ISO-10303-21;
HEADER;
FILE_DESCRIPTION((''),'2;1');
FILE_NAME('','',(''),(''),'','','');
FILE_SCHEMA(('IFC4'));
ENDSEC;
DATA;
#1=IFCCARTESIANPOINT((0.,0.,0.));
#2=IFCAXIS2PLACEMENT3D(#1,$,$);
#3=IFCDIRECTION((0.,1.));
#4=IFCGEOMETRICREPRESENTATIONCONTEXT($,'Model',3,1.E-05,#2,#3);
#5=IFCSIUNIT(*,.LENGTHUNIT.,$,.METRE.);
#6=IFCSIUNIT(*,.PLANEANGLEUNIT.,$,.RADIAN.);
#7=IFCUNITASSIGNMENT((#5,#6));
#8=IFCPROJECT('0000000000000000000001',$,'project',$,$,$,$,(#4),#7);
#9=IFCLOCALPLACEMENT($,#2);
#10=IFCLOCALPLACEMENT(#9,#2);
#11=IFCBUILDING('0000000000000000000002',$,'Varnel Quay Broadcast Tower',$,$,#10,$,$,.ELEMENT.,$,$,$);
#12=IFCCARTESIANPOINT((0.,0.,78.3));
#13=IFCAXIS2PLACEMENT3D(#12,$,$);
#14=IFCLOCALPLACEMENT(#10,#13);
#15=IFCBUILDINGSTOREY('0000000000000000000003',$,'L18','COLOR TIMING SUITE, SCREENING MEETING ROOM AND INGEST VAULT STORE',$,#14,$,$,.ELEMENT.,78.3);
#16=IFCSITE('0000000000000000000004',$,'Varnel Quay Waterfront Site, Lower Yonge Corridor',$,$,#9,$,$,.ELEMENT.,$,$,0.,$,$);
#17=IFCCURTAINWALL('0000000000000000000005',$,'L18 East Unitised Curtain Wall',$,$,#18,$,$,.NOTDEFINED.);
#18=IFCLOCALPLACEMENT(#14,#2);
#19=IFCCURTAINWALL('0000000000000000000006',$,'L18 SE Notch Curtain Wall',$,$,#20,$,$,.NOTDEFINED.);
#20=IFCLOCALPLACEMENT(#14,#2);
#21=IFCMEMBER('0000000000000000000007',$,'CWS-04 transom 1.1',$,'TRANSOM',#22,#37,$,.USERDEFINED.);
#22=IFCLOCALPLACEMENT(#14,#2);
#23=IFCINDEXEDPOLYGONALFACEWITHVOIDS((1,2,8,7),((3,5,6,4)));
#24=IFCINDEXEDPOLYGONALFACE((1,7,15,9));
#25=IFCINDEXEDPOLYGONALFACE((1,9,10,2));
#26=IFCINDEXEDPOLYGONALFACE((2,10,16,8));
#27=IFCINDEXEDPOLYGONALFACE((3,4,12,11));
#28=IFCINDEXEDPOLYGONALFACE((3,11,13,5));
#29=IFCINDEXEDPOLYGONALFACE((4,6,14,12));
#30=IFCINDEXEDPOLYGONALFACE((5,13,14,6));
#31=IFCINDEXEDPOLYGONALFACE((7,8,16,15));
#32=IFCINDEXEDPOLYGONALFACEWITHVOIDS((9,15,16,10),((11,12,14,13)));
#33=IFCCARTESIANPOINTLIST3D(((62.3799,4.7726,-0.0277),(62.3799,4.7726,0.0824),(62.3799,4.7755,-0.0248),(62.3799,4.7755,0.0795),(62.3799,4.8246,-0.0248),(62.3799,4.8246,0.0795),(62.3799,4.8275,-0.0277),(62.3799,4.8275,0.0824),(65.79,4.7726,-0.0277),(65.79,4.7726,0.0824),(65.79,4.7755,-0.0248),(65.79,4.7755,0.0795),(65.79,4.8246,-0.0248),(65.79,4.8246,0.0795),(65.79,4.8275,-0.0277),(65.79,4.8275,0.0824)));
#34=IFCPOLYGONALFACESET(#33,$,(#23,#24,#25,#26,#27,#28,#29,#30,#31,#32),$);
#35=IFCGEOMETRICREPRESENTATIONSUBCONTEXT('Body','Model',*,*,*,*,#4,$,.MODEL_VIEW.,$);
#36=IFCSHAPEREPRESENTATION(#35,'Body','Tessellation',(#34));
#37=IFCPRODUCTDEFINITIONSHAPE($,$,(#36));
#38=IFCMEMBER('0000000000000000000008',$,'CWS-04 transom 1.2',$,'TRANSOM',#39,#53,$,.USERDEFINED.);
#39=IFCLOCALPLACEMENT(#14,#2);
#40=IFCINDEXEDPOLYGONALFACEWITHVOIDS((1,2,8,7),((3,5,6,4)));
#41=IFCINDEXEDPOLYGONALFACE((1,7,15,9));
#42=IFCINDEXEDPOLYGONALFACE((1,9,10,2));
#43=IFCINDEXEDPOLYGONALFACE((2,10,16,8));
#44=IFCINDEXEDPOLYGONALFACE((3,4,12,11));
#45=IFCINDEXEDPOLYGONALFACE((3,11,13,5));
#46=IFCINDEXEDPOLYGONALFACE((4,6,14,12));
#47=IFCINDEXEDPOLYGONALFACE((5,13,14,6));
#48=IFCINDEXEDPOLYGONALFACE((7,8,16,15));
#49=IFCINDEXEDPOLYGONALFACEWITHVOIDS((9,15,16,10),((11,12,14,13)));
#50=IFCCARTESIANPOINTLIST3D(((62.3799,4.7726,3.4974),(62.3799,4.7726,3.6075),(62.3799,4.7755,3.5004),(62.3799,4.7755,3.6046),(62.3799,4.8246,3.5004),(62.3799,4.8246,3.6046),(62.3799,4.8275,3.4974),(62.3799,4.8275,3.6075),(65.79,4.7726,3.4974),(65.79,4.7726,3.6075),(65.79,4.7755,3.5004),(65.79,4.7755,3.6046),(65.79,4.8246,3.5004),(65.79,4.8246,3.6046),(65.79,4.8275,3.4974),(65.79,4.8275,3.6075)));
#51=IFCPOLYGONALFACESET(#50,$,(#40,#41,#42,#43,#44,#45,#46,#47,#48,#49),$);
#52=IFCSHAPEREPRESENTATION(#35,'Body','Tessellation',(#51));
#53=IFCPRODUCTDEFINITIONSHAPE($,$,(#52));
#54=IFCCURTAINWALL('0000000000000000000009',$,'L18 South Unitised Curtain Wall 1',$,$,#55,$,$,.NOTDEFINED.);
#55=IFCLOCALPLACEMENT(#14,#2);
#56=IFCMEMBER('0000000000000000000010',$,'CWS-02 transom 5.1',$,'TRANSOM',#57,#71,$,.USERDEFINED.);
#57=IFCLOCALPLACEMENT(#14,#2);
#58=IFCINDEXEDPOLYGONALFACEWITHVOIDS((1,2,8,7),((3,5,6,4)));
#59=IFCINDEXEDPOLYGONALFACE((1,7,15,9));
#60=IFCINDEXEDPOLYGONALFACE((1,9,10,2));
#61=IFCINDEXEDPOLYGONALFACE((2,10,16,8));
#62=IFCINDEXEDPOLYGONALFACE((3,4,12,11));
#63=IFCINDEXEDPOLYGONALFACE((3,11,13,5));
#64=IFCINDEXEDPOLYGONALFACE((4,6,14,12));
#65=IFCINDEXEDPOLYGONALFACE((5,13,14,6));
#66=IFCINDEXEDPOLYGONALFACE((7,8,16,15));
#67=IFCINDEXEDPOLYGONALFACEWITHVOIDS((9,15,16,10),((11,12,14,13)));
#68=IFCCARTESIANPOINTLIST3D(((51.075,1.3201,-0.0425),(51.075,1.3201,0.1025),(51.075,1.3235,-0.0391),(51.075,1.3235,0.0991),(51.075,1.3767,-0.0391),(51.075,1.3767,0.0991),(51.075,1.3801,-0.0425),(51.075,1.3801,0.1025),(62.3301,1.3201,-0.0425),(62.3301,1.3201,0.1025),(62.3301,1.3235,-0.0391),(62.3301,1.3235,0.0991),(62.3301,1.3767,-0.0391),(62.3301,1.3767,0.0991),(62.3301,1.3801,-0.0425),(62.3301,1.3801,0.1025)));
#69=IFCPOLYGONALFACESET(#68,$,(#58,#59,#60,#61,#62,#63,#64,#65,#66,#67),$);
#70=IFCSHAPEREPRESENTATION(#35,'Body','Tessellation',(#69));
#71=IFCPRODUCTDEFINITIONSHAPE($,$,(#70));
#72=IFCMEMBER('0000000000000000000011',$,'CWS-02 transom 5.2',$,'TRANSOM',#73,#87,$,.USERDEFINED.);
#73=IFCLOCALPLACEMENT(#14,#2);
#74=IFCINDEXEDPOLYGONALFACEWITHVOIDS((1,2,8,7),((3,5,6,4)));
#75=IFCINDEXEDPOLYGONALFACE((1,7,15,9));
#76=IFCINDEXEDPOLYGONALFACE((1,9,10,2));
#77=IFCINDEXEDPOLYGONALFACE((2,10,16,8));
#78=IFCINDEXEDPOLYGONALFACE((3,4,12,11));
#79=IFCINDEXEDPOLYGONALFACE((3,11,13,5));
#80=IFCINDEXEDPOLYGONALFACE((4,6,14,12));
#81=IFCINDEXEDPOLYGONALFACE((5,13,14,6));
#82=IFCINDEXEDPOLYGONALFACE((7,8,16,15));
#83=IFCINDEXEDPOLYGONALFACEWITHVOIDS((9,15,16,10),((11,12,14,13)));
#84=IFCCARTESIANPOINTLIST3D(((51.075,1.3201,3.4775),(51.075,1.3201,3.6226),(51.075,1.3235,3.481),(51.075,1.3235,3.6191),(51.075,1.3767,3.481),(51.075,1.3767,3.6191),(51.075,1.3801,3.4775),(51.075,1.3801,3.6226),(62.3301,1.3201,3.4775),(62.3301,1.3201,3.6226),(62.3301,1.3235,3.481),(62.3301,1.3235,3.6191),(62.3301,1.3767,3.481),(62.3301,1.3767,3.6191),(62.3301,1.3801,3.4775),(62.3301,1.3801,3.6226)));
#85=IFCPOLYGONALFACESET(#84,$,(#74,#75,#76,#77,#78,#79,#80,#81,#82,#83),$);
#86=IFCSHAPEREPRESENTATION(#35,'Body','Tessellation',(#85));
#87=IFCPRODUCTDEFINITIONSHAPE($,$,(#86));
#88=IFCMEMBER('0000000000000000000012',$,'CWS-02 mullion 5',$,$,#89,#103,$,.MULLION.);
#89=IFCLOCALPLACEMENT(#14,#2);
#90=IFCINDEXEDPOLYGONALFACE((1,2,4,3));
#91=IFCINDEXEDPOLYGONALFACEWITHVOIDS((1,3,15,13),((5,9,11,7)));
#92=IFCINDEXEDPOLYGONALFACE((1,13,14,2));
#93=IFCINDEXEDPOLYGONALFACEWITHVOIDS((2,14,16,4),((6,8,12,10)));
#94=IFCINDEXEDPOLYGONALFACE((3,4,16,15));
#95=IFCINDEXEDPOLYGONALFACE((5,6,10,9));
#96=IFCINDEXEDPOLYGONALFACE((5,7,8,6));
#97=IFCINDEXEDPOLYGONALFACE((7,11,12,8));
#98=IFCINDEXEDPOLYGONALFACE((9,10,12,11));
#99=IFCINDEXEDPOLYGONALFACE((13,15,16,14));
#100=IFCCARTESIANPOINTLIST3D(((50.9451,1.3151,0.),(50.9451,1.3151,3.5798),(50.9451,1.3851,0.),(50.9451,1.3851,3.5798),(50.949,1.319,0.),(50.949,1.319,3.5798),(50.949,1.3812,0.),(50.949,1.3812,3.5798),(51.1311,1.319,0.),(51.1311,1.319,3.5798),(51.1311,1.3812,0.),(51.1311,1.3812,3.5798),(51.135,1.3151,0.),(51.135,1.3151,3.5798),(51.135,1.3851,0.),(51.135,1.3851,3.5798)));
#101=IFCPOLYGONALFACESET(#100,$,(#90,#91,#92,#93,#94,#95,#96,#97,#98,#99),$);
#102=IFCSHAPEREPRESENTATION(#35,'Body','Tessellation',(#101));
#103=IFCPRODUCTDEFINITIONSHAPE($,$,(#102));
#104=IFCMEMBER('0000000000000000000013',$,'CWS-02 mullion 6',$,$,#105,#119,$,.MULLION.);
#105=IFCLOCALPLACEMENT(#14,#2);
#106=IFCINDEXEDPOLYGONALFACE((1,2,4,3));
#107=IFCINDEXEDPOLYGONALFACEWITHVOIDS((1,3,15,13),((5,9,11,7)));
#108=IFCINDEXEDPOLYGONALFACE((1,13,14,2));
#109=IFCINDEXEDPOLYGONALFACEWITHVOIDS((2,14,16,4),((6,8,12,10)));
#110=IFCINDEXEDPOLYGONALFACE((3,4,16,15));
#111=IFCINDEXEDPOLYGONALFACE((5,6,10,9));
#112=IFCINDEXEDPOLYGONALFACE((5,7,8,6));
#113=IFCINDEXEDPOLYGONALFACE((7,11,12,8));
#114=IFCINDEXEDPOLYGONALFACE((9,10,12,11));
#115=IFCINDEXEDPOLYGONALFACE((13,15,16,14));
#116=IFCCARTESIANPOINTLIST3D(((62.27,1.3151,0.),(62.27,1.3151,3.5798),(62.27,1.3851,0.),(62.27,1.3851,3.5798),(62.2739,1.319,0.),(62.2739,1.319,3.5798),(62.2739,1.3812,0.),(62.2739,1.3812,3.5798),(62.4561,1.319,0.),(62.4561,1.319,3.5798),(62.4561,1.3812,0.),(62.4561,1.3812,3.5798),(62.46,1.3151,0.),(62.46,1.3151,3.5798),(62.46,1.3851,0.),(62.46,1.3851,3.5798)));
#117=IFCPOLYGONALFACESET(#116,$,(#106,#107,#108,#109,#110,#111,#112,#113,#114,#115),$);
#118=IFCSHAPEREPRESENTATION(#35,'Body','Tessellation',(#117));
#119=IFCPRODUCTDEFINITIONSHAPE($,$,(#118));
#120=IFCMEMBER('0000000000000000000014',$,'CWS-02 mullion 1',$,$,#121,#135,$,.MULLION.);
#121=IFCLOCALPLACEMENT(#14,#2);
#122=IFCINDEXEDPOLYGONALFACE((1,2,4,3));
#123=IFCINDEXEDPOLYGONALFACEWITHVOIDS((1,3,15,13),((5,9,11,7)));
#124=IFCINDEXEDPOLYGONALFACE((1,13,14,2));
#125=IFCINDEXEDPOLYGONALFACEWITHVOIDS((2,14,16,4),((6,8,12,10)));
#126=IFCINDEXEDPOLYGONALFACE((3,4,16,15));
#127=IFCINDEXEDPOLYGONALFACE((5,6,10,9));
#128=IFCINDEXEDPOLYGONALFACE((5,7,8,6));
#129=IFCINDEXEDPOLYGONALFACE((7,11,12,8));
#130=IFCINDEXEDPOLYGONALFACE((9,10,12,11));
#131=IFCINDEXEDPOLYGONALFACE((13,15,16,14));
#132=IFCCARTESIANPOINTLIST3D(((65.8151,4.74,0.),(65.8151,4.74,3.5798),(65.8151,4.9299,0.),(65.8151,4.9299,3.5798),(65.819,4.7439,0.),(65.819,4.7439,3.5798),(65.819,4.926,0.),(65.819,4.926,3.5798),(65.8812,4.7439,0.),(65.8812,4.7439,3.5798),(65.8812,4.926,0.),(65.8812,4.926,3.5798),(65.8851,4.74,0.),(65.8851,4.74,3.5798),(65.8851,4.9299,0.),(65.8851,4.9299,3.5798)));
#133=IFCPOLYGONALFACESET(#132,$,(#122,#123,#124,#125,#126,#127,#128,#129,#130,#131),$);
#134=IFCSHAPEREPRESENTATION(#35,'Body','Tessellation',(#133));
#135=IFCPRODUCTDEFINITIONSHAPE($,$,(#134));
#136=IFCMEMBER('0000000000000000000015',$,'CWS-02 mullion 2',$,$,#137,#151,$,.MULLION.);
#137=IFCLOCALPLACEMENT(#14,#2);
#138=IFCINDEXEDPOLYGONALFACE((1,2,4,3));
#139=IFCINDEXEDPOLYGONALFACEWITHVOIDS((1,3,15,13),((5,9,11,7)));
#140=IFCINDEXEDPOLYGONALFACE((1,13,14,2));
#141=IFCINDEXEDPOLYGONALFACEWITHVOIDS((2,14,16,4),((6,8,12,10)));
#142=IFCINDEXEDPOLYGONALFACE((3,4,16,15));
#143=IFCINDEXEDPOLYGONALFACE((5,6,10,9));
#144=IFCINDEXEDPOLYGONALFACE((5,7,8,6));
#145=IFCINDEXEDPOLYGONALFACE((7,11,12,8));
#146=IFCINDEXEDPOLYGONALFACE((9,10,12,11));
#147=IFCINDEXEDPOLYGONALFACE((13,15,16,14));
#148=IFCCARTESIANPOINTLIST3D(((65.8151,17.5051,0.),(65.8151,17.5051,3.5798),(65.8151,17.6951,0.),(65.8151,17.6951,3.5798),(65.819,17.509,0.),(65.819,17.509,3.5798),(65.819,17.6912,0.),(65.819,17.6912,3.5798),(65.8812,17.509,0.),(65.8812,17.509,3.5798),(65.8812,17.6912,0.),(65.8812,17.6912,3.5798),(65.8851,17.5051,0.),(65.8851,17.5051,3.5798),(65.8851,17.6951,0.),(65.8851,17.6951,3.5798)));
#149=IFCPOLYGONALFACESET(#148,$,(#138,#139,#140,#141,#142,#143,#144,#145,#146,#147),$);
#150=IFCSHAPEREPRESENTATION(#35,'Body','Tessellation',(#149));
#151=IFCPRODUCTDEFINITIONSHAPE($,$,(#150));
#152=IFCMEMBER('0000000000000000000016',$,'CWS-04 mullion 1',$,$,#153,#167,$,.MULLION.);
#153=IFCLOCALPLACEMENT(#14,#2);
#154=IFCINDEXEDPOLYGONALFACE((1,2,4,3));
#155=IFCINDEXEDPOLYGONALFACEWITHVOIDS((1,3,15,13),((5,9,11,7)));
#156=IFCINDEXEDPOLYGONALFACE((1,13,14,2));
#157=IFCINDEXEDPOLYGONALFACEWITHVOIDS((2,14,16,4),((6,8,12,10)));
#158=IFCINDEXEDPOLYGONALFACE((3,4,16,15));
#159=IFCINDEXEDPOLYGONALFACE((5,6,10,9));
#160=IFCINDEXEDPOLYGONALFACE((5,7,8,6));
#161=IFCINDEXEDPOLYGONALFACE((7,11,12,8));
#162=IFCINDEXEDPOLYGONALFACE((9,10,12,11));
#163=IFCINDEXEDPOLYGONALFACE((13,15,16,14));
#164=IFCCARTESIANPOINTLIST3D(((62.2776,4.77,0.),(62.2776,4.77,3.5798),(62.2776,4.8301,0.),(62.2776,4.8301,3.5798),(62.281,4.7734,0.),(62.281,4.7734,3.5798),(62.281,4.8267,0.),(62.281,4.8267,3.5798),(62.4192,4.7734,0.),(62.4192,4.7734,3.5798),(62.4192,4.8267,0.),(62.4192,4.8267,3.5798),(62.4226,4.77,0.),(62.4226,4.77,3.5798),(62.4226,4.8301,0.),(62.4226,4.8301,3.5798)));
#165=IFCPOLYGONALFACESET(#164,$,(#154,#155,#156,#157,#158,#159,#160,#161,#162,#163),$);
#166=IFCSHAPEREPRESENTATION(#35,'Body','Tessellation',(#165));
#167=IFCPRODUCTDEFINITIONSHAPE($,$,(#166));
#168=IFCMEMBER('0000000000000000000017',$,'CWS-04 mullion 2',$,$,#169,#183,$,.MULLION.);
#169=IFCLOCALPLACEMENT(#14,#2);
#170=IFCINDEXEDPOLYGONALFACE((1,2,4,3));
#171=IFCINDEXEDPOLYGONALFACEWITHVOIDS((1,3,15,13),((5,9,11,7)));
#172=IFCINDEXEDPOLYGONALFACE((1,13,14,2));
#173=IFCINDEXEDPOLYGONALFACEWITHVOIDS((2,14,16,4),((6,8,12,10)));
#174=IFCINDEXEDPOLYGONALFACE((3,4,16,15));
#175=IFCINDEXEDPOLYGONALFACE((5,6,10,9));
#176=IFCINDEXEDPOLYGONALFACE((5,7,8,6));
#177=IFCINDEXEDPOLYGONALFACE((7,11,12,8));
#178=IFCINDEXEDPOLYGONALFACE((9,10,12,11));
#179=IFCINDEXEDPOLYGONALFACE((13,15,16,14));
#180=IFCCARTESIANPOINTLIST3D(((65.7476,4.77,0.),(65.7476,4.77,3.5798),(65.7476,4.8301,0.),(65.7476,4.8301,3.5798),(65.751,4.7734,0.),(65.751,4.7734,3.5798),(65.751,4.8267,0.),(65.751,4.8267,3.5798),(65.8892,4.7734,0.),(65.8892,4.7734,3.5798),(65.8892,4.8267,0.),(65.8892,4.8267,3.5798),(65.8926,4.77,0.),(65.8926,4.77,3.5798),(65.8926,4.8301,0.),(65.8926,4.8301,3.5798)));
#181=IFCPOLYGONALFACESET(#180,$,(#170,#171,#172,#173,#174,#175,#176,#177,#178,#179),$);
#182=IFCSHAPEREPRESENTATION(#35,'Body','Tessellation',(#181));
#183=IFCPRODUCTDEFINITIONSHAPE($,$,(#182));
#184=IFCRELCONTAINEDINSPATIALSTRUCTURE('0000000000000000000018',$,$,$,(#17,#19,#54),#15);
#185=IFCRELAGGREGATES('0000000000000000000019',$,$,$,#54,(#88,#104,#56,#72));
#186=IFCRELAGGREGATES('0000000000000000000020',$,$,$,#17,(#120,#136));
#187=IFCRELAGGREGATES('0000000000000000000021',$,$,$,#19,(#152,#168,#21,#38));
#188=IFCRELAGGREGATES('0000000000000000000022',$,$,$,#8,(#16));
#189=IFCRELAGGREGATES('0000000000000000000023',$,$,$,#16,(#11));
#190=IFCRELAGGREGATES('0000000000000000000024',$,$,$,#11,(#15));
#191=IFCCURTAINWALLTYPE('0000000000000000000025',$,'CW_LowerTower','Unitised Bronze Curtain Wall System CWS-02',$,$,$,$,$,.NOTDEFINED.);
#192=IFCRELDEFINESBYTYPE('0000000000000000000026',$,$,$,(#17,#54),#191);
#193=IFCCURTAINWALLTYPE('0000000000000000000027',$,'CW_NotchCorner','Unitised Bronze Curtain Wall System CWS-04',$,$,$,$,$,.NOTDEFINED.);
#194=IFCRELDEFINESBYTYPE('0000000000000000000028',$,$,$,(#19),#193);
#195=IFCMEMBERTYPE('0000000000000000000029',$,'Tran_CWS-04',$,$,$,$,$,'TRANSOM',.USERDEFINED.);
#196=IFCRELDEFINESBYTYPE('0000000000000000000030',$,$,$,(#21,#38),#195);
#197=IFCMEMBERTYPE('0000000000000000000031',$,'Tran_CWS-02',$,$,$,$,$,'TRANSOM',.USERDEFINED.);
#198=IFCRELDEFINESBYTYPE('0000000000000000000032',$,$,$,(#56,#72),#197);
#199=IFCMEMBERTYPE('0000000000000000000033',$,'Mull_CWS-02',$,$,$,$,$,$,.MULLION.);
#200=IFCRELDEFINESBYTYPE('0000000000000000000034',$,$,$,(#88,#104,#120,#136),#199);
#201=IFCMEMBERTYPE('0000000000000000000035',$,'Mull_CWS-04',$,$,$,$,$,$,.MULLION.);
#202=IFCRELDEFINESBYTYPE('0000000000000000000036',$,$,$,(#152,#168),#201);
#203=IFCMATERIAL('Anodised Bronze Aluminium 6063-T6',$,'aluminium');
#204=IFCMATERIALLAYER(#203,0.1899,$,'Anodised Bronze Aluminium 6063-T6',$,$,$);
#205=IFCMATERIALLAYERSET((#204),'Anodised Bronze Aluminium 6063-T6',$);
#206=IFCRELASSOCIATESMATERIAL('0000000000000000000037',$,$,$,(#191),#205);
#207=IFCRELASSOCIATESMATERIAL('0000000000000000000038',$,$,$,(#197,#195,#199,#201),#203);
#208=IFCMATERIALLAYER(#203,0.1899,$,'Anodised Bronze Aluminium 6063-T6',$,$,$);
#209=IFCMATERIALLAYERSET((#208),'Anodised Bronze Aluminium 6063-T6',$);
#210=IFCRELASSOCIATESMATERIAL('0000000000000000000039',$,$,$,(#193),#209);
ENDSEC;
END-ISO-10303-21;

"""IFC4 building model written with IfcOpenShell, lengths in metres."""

from ifc_helpers import new_model, si_unit, direction, frame, origin, origin_2d, place, context, subcontext, project, spatial, hollow_rectangle, extrude, source, transform, mapped, material, layer, layer_set, material_profile, profile_set, type_object, type_shapes, element, aggregate, save


model = new_model("IFC4")

# Units and contexts
model_context = context("Model", 3, precision=1e-05, world=origin(), true_north=direction((0.0, 1.0)))
body_context = subcontext(model_context, "Body", "Model", "MODEL_VIEW")
ifc_project = project(units=[si_unit("LENGTHUNIT", "METRE"), si_unit("PLANEANGLEUNIT", "RADIAN")], contexts=[model_context])

# Site, building, storey
site_placement = place(None, origin())
site = spatial("IfcSite", under=ifc_project, at=site_placement, Name="Varnel Quay Waterfront Site, Lower Yonge Corridor", CompositionType="ELEMENT", RefElevation=0.0)
building_placement = place(site_placement, origin())
building = spatial("IfcBuilding", under=site, at=building_placement, Name="Varnel Quay Broadcast Tower", CompositionType="ELEMENT")
storey_placement = place(building_placement, frame((0.0, 0.0, 78.3)))
storey = spatial("IfcBuildingStorey", under=building, at=storey_placement, Name="L18", Description="COLOR TIMING SUITE, SCREENING MEETING ROOM AND INGEST VAULT STORE", CompositionType="ELEMENT", Elevation=78.3)

# Curtain walls, members
ifc_material_1 = material(Name="Anodised Bronze Aluminium 6063-T6", Category="aluminium")
ifc_layer_1 = layer(ifc_material_1, 0.1899, Name="Anodised Bronze Aluminium 6063-T6")
ifc_layer_set_1 = layer_set([ifc_layer_1], Name="Anodised Bronze Aluminium 6063-T6")
curtain_wall_type_1 = type_object("IfcCurtainWallType", Name="CW_LowerTower", Description="Unitised Bronze Curtain Wall System CWS-02", PredefinedType="NOTDEFINED", material=ifc_layer_set_1)
curtain_wall_1_placement = place(storey_placement, origin())
curtain_wall_1 = element("IfcCurtainWall", 1, at=curtain_wall_1_placement, inside=storey, type_object=curtain_wall_type_1, Name="L18 East Unitised Curtain Wall", PredefinedType="NOTDEFINED")
ifc_material_profile_1 = material_profile(ifc_material_1, hollow_rectangle(XDim=0.0601, YDim=0.145, WallThickness=0.0034, at=origin_2d()), Name="ALU60X145X3.5")
ifc_profile_set_1 = profile_set([ifc_material_profile_1], Name="Anodised Bronze Aluminium 6063-T6")
member_type_1 = type_object("IfcMemberType", Name="Tran_CWS-02", ElementType="TRANSOM", PredefinedType="USERDEFINED", material=ifc_profile_set_1)
ifc_layer_2 = layer(ifc_material_1, 0.1899, Name="Anodised Bronze Aluminium 6063-T6")
ifc_layer_set_2 = layer_set([ifc_layer_2], Name="Anodised Bronze Aluminium 6063-T6")
curtain_wall_type_2 = type_object("IfcCurtainWallType", Name="CW_NotchCorner", Description="Unitised Bronze Curtain Wall System CWS-04", PredefinedType="NOTDEFINED", material=ifc_layer_set_2)
curtain_wall_2_placement = place(storey_placement, origin())
curtain_wall_2 = element("IfcCurtainWall", 2, at=curtain_wall_2_placement, inside=storey, type_object=curtain_wall_type_2, Name="L18 SE Notch Curtain Wall", PredefinedType="NOTDEFINED")
ifc_material_profile_2 = material_profile(ifc_material_1, hollow_rectangle(XDim=0.0549, YDim=0.1101, WallThickness=0.0029, at=origin_2d()), Name="ALU55X110X3")
ifc_profile_set_2 = profile_set([ifc_material_profile_2], Name="Anodised Bronze Aluminium 6063-T6")
member_type_2 = type_object("IfcMemberType", Name="Tran_CWS-04", ElementType="TRANSOM", PredefinedType="USERDEFINED", material=ifc_profile_set_2)
shared_shape_1 = source(origin(), body_context, "Body", "SweptSolid", [
    extrude(hollow_rectangle(XDim=0.0549, YDim=0.1101, WallThickness=0.0029, at=origin_2d()), origin(), (0.0, 0.0, 1.0), 3.4102),
])
type_shapes(member_type_2, [shared_shape_1])
member_1_placement = place(storey_placement, frame((62.3799, 4.8, 0.0273), z_axis=(1.0, 0.0, 0.0), x_axis=(0.0, 1.0, 0.0)))
member_1 = element("IfcMember", 3, at=member_1_placement, type_object=member_type_2, Name="CWS-04 transom 1.1", ObjectType="TRANSOM", PredefinedType="USERDEFINED", context=body_context, shape_type="MappedRepresentation", body=[
    mapped(shared_shape_1, transform((0.0, 0.0, 0.0), x_axis=(1.0, 0.0, 0.0), y_axis=(0.0, 1.0, 0.0), z_axis=(0.0, 0.0, 1.0), scale=1.0)),
])
member_2_placement = place(storey_placement, frame((62.3799, 4.8, 3.5525), z_axis=(1.0, 0.0, 0.0), x_axis=(0.0, 1.0, 0.0)))
member_2 = element("IfcMember", 4, at=member_2_placement, type_object=member_type_2, Name="CWS-04 transom 1.2", ObjectType="TRANSOM", PredefinedType="USERDEFINED", context=body_context, shape_type="MappedRepresentation", body=[
    mapped(shared_shape_1, transform((0.0, 0.0, 0.0), x_axis=(1.0, 0.0, 0.0), y_axis=(0.0, 1.0, 0.0), z_axis=(0.0, 0.0, 1.0), scale=1.0)),
])
curtain_wall_3_placement = place(storey_placement, origin())
curtain_wall_3 = element("IfcCurtainWall", 5, at=curtain_wall_3_placement, inside=storey, type_object=curtain_wall_type_1, Name="L18 South Unitised Curtain Wall 1", PredefinedType="NOTDEFINED")
shared_shape_2 = source(origin(), body_context, "Body", "SweptSolid", [
    extrude(hollow_rectangle(XDim=0.0601, YDim=0.145, WallThickness=0.0034, at=origin_2d()), origin(), (0.0, 0.0, 1.0), 11.2551),
])
member_3_placement = place(storey_placement, frame((51.075, 1.3501, 0.03), z_axis=(1.0, 0.0, 0.0), x_axis=(0.0, 1.0, 0.0)))
member_3 = element("IfcMember", 6, at=member_3_placement, type_object=member_type_1, Name="CWS-02 transom 5.1", ObjectType="TRANSOM", PredefinedType="USERDEFINED", context=body_context, shape_type="MappedRepresentation", body=[
    mapped(shared_shape_2, transform((0.0, 0.0, 0.0), x_axis=(1.0, 0.0, 0.0), y_axis=(0.0, 1.0, 0.0), z_axis=(0.0, 0.0, 1.0), scale=1.0)),
])
member_4_placement = place(storey_placement, frame((51.075, 1.3501, 3.55), z_axis=(1.0, 0.0, 0.0), x_axis=(0.0, 1.0, 0.0)))
member_4 = element("IfcMember", 7, at=member_4_placement, type_object=member_type_1, Name="CWS-02 transom 5.2", ObjectType="TRANSOM", PredefinedType="USERDEFINED", context=body_context, shape_type="MappedRepresentation", body=[
    mapped(shared_shape_2, transform((0.0, 0.0, 0.0), x_axis=(1.0, 0.0, 0.0), y_axis=(0.0, 1.0, 0.0), z_axis=(0.0, 0.0, 1.0), scale=1.0)),
])
ifc_material_profile_3 = material_profile(ifc_material_1, hollow_rectangle(XDim=0.0701, YDim=0.1899, WallThickness=0.0039, at=origin_2d()), Name="ALU70X190X4")
ifc_profile_set_3 = profile_set([ifc_material_profile_3], Name="Anodised Bronze Aluminium 6063-T6")
member_type_3 = type_object("IfcMemberType", Name="Mull_CWS-02", PredefinedType="MULLION", material=ifc_profile_set_3)
shared_shape_3 = source(origin(), body_context, "Body", "SweptSolid", [
    extrude(hollow_rectangle(XDim=0.0701, YDim=0.1899, WallThickness=0.0039, at=origin_2d()), origin(), (0.0, 0.0, 1.0), 3.5798),
])
type_shapes(member_type_3, [shared_shape_3])
member_5_placement = place(storey_placement, frame((51.04, 1.3501, 0.0), z_axis=(0.0, 0.0, 1.0), x_axis=(0.0, 1.0, 0.0)))
member_5 = element("IfcMember", 8, at=member_5_placement, type_object=member_type_3, Name="CWS-02 mullion 5", PredefinedType="MULLION", context=body_context, shape_type="MappedRepresentation", body=[
    mapped(shared_shape_3, transform((0.0, 0.0, 0.0), x_axis=(1.0, 0.0, 0.0), y_axis=(0.0, 1.0, 0.0), z_axis=(0.0, 0.0, 1.0), scale=1.0)),
])
member_6_placement = place(storey_placement, frame((62.365, 1.3501, 0.0), z_axis=(0.0, 0.0, 1.0), x_axis=(0.0, 1.0, 0.0)))
member_6 = element("IfcMember", 9, at=member_6_placement, type_object=member_type_3, Name="CWS-02 mullion 6", PredefinedType="MULLION", context=body_context, shape_type="MappedRepresentation", body=[
    mapped(shared_shape_3, transform((0.0, 0.0, 0.0), x_axis=(1.0, 0.0, 0.0), y_axis=(0.0, 1.0, 0.0), z_axis=(0.0, 0.0, 1.0), scale=1.0)),
])

# Members
member_7_placement = place(storey_placement, frame((65.8501, 4.835, 0.0), z_axis=(0.0, 0.0, 1.0), x_axis=(-1.0, 0.0, 0.0)))
member_7 = element("IfcMember", 10, at=member_7_placement, type_object=member_type_3, Name="CWS-02 mullion 1", PredefinedType="MULLION", context=body_context, shape_type="MappedRepresentation", body=[
    mapped(shared_shape_3, transform((0.0, 0.0, 0.0), x_axis=(1.0, 0.0, 0.0), y_axis=(0.0, 1.0, 0.0), z_axis=(0.0, 0.0, 1.0), scale=1.0)),
])
member_8_placement = place(storey_placement, frame((65.8501, 17.6001, 0.0), z_axis=(0.0, 0.0, 1.0), x_axis=(-1.0, 0.0, 0.0)))
member_8 = element("IfcMember", 11, at=member_8_placement, type_object=member_type_3, Name="CWS-02 mullion 2", PredefinedType="MULLION", context=body_context, shape_type="MappedRepresentation", body=[
    mapped(shared_shape_3, transform((0.0, 0.0, 0.0), x_axis=(1.0, 0.0, 0.0), y_axis=(0.0, 1.0, 0.0), z_axis=(0.0, 0.0, 1.0), scale=1.0)),
])
ifc_material_profile_4 = material_profile(ifc_material_1, hollow_rectangle(XDim=0.0601, YDim=0.145, WallThickness=0.0034, at=origin_2d()), Name="ALU60X145X3.5")
ifc_profile_set_4 = profile_set([ifc_material_profile_4], Name="Anodised Bronze Aluminium 6063-T6")
member_type_4 = type_object("IfcMemberType", Name="Mull_CWS-04", PredefinedType="MULLION", material=ifc_profile_set_4)
shared_shape_4 = source(origin(), body_context, "Body", "SweptSolid", [
    extrude(hollow_rectangle(XDim=0.0601, YDim=0.145, WallThickness=0.0034, at=origin_2d()), origin(), (0.0, 0.0, 1.0), 3.5798),
])
type_shapes(member_type_4, [shared_shape_4])
member_9_placement = place(storey_placement, frame((62.3501, 4.8, 0.0), z_axis=(0.0, 0.0, 1.0), x_axis=(0.0, 1.0, 0.0)))
member_9 = element("IfcMember", 12, at=member_9_placement, type_object=member_type_4, Name="CWS-04 mullion 1", PredefinedType="MULLION", context=body_context, shape_type="MappedRepresentation", body=[
    mapped(shared_shape_4, transform((0.0, 0.0, 0.0), x_axis=(1.0, 0.0, 0.0), y_axis=(0.0, 1.0, 0.0), z_axis=(0.0, 0.0, 1.0), scale=1.0)),
])
member_10_placement = place(storey_placement, frame((65.8201, 4.8, 0.0), z_axis=(0.0, 0.0, 1.0), x_axis=(0.0, 1.0, 0.0)))
member_10 = element("IfcMember", 13, at=member_10_placement, type_object=member_type_4, Name="CWS-04 mullion 2", PredefinedType="MULLION", context=body_context, shape_type="MappedRepresentation", body=[
    mapped(shared_shape_4, transform((0.0, 0.0, 0.0), x_axis=(1.0, 0.0, 0.0), y_axis=(0.0, 1.0, 0.0), z_axis=(0.0, 0.0, 1.0), scale=1.0)),
])

aggregate(curtain_wall_3, [member_5, member_6, member_3, member_4])
aggregate(curtain_wall_1, [member_7, member_8])
aggregate(curtain_wall_2, [member_9, member_10, member_1, member_2])

save(model, "model.ifc")
